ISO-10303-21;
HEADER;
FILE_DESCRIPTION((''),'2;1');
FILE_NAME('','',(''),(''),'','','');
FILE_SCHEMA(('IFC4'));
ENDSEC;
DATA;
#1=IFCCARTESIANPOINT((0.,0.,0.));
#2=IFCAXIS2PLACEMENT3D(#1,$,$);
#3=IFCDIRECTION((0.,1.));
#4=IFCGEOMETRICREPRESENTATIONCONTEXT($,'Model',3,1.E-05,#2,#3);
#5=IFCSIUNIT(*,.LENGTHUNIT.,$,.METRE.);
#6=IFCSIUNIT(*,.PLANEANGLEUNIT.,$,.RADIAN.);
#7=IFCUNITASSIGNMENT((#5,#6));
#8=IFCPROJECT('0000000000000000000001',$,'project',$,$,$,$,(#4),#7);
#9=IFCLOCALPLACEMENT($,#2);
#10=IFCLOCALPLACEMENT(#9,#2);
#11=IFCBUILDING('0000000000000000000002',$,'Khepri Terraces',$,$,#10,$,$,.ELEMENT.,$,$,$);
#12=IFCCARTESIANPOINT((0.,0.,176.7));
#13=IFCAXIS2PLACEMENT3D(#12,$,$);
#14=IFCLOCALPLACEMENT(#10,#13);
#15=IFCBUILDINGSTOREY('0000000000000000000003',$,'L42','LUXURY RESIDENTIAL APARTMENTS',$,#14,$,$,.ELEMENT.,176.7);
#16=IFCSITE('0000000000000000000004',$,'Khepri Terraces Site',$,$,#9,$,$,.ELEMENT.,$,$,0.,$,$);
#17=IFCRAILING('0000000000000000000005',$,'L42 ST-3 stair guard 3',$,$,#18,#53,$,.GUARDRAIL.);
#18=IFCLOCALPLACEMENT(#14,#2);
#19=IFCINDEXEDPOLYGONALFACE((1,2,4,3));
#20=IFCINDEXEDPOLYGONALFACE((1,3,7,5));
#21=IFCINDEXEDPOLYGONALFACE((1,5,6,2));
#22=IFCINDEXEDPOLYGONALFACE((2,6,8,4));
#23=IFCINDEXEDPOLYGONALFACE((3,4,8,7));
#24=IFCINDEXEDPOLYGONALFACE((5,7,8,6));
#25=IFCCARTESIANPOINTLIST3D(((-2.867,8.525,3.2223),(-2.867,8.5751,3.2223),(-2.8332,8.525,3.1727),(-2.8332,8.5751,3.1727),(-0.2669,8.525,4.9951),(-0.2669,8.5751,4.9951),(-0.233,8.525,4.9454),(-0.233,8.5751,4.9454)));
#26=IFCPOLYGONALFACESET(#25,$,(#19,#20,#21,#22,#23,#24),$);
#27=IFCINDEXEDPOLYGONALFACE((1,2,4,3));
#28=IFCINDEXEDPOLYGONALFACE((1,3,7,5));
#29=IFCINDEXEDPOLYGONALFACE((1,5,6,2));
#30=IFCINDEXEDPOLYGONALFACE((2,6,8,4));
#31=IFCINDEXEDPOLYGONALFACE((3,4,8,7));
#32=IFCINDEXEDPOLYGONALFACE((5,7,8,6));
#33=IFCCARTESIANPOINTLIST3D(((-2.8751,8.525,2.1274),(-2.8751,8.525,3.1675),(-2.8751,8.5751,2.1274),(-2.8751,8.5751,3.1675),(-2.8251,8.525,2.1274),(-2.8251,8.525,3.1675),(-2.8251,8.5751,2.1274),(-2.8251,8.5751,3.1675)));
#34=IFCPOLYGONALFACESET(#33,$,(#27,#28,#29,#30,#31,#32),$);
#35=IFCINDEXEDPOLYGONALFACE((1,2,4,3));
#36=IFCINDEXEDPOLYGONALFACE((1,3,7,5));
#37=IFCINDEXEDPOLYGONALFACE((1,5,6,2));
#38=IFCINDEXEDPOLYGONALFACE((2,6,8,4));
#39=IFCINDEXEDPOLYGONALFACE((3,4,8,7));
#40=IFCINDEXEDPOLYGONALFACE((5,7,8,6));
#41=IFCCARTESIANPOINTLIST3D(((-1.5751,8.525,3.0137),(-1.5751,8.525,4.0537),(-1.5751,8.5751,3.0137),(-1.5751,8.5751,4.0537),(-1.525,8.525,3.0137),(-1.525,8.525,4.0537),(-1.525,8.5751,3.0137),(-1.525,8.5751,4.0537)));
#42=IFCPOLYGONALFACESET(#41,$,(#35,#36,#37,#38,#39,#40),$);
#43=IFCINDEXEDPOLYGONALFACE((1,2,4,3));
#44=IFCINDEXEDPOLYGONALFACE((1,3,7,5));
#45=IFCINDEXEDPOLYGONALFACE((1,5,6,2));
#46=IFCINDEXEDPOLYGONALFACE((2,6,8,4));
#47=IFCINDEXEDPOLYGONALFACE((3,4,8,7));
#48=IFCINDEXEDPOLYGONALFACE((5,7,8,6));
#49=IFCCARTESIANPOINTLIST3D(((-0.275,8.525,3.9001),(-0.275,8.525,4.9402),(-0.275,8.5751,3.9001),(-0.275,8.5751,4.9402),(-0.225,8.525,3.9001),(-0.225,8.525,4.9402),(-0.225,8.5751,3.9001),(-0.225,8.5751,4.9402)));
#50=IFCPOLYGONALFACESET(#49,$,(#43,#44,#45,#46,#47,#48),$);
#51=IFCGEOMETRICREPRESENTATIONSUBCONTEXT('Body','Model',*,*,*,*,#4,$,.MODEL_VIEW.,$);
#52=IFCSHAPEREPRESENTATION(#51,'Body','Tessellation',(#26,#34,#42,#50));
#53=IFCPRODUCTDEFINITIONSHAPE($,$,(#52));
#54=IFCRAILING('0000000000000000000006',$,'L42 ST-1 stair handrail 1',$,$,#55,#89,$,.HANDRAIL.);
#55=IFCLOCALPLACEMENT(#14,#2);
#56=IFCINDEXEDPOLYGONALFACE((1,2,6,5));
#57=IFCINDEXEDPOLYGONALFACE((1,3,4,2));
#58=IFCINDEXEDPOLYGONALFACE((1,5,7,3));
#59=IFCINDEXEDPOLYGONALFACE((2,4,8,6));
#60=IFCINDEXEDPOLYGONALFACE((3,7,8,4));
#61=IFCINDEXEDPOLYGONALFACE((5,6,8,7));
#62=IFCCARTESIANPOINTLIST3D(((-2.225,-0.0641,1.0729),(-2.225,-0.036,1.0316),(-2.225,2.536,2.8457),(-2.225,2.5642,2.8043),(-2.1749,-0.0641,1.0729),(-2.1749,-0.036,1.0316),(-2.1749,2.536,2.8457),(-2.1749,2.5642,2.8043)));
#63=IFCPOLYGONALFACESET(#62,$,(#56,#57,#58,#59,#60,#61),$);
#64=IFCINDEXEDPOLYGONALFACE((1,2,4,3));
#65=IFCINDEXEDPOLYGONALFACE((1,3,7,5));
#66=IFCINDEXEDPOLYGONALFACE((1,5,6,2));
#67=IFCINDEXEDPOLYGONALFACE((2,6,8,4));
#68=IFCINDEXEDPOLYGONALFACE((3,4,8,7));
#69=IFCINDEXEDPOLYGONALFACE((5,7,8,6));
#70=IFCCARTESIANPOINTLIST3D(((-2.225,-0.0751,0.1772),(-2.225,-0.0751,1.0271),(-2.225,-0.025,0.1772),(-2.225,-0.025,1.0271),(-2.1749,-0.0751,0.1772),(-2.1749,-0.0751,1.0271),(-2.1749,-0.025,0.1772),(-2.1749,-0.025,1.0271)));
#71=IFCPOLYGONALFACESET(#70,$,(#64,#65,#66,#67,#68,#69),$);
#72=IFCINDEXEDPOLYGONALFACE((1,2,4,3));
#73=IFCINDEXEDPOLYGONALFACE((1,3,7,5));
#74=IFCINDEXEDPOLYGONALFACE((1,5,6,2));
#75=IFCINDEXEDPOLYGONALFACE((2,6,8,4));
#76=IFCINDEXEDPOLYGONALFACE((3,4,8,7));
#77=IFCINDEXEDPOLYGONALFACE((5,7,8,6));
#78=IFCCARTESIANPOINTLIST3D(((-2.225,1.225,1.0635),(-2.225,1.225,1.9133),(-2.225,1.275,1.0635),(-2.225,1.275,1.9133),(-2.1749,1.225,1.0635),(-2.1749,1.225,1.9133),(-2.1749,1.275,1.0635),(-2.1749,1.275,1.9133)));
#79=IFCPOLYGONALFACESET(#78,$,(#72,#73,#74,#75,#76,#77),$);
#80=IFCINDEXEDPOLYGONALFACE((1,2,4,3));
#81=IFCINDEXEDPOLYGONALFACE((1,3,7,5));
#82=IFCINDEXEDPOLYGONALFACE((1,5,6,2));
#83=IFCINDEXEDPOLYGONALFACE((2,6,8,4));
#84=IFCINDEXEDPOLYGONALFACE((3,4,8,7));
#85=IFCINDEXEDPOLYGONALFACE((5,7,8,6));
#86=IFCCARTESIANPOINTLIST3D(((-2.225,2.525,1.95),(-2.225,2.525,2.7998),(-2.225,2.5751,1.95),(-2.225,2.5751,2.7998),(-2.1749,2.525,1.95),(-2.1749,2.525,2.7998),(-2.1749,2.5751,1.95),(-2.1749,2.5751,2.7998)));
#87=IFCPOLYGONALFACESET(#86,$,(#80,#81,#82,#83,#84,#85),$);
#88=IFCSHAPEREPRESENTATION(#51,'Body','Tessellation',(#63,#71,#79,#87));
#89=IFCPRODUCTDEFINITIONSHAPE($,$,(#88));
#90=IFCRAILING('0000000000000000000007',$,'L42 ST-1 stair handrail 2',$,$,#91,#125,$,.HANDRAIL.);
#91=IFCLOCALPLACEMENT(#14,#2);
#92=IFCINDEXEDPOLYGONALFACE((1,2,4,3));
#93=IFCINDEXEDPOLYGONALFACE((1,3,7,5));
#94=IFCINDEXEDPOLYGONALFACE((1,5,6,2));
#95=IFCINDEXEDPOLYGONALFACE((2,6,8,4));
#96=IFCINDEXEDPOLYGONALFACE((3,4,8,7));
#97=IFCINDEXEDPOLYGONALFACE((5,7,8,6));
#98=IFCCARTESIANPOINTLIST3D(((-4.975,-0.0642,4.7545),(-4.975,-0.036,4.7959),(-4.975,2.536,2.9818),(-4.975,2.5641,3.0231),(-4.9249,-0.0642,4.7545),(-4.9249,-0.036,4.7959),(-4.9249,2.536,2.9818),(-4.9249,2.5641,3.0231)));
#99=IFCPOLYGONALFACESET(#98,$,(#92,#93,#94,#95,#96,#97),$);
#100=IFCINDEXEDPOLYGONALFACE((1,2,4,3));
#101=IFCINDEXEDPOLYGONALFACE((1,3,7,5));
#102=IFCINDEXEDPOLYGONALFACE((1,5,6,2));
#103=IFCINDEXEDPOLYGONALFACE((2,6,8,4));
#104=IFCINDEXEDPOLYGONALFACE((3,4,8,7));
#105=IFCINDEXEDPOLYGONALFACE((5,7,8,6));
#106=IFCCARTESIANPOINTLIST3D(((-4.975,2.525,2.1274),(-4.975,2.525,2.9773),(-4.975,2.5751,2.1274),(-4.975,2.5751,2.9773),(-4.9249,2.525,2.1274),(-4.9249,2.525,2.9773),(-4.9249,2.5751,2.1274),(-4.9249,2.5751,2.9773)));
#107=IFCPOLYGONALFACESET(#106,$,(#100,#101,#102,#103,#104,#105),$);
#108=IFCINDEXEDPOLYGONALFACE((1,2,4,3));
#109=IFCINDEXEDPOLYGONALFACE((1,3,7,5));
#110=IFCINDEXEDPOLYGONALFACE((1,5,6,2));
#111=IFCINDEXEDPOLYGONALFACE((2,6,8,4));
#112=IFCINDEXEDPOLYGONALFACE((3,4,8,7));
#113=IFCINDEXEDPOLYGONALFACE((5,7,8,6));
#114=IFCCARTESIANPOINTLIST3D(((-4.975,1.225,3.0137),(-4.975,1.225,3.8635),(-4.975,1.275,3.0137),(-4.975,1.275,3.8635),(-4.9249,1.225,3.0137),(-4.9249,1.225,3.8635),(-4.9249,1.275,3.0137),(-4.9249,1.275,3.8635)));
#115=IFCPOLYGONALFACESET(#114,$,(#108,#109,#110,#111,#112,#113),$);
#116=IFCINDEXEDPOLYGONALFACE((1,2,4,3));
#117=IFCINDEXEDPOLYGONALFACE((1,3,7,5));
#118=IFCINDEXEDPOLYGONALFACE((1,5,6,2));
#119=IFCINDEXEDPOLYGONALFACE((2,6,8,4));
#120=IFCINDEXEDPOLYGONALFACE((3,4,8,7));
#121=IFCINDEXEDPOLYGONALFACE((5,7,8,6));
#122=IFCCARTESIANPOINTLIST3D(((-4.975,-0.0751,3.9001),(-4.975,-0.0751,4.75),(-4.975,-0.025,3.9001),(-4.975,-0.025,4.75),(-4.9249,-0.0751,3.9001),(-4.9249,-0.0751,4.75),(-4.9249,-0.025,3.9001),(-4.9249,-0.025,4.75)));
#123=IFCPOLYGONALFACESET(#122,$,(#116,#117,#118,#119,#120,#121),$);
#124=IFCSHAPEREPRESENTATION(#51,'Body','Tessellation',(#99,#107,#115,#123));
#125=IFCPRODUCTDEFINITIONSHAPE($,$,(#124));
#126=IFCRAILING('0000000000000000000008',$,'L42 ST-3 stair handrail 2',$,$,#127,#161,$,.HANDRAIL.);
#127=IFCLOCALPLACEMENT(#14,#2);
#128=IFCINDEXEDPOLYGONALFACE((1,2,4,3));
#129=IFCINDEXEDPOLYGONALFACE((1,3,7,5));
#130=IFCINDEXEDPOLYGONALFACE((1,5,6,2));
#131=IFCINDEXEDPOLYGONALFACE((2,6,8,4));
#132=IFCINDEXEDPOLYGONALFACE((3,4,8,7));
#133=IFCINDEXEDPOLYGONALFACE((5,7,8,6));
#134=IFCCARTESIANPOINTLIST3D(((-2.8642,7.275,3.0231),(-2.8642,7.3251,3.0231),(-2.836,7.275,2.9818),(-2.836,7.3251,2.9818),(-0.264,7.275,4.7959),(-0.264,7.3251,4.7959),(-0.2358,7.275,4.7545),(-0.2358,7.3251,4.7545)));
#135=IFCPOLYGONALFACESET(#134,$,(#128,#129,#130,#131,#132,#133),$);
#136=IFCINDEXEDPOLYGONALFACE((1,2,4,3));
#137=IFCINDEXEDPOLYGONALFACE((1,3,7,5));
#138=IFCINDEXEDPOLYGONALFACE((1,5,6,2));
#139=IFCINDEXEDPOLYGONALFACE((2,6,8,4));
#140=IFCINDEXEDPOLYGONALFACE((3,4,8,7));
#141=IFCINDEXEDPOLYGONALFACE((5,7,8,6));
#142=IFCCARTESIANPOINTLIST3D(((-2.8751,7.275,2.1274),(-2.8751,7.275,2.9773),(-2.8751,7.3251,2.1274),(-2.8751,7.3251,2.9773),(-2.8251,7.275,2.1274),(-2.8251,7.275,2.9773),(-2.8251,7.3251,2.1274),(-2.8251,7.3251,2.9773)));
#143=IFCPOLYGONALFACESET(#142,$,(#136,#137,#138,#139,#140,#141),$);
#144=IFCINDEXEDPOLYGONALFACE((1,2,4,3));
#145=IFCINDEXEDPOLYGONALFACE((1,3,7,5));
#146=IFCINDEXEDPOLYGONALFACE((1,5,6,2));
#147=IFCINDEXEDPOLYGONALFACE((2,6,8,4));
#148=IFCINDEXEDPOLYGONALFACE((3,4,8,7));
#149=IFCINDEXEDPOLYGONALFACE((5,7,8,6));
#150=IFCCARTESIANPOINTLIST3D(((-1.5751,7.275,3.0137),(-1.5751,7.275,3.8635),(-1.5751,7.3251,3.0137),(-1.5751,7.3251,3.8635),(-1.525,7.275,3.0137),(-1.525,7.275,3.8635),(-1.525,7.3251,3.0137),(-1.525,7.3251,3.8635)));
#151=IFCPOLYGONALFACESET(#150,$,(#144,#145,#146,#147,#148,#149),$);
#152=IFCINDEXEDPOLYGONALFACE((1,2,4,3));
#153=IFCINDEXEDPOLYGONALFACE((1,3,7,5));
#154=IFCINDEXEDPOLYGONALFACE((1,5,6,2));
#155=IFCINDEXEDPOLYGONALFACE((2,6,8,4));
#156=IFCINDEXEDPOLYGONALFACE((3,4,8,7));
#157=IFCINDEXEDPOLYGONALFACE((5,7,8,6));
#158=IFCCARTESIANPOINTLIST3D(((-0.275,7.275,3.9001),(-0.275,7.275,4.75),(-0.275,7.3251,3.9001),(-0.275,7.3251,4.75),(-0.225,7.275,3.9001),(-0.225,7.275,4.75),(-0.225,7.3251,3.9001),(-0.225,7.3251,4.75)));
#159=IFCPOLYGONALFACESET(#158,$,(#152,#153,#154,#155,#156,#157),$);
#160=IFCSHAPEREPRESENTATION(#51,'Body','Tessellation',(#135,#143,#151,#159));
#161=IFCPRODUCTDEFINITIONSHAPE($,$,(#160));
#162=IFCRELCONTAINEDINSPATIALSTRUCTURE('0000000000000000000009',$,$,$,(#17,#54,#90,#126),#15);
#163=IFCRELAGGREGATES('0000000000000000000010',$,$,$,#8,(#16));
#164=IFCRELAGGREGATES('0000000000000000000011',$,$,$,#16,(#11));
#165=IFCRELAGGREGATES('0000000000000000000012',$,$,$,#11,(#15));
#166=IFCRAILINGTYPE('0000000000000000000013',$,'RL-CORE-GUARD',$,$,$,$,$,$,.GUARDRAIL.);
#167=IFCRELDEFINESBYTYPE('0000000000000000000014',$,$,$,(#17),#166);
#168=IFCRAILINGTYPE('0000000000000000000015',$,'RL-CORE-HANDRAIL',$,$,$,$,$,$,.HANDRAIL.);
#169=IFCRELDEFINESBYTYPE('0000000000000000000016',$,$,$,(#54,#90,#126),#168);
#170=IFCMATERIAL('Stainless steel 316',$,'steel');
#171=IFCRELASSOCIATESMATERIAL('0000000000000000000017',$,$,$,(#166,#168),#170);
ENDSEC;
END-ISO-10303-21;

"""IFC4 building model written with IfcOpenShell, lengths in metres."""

from ifc_helpers import new_model, si_unit, direction, frame, origin, origin_2d, place, context, subcontext, project, spatial, rectangle, extrude, material, type_object, element, save


model = new_model("IFC4")

# Units and contexts
model_context = context("Model", 3, precision=1e-05, world=origin(), true_north=direction((0.0, 1.0)))
body_context = subcontext(model_context, "Body", "Model", "MODEL_VIEW")
ifc_project = project(units=[si_unit("LENGTHUNIT", "METRE"), si_unit("PLANEANGLEUNIT", "RADIAN")], contexts=[model_context])

# Site, building, storey
site_placement = place(None, origin())
site = spatial("IfcSite", under=ifc_project, at=site_placement, Name="Khepri Terraces Site", CompositionType="ELEMENT", RefElevation=0.0)
building_placement = place(site_placement, origin())
building = spatial("IfcBuilding", under=site, at=building_placement, Name="Khepri Terraces", CompositionType="ELEMENT")
storey_placement = place(building_placement, frame((0.0, 0.0, 176.7)))
storey = spatial("IfcBuildingStorey", under=building, at=storey_placement, Name="L42", Description="LUXURY RESIDENTIAL APARTMENTS", CompositionType="ELEMENT", Elevation=176.7)

# Railings
ifc_material_1 = material(Name="Stainless steel 316", Category="steel")
railing_type_1 = type_object("IfcRailingType", Name="RL-CORE-GUARD", PredefinedType="GUARDRAIL", material=ifc_material_1)
railing_1_placement = place(storey_placement, frame((-2.8501, 8.55, 2.1274)))
element("IfcRailing", 1, at=railing_1_placement, inside=storey, type_object=railing_type_1, Name="L42 ST-3 stair guard 3", PredefinedType="GUARDRAIL", context=body_context, shape_type="SweptSolid", body=[
    extrude(rectangle(XDim=0.05, YDim=0.0601, at=origin_2d()), frame((0.0, 0.0, 1.0701), z_axis=(0.82624, 0.0, 0.563318), x_axis=(0.0, 1.0, 0.0)), (0.0, 0.0, 1.0), 3.147),
    extrude(rectangle(XDim=0.05, YDim=0.05, at=origin_2d()), origin(), (0.0, 0.0, 1.0), 1.04),
    extrude(rectangle(XDim=0.05, YDim=0.05, at=origin_2d()), frame((1.3, 0.0, 0.8862)), (0.0, 0.0, 1.0), 1.04),
    extrude(rectangle(XDim=0.05, YDim=0.05, at=origin_2d()), frame((2.6001, 0.0, 1.7727)), (0.0, 0.0, 1.0), 1.04),
])
railing_type_2 = type_object("IfcRailingType", Name="RL-CORE-HANDRAIL", PredefinedType="HANDRAIL", material=ifc_material_1)
railing_2_placement = place(storey_placement, frame((-2.2, -0.05, 0.1772)))
element("IfcRailing", 2, at=railing_2_placement, inside=storey, type_object=railing_type_2, Name="L42 ST-1 stair handrail 1", PredefinedType="HANDRAIL", context=body_context, shape_type="SweptSolid", body=[
    extrude(rectangle(XDim=0.05, YDim=0.05, at=origin_2d()), frame((0.0, 0.0, 0.875), z_axis=(0.0, 0.82624, 0.563318), x_axis=(-1.0, 0.0, 0.0)), (0.0, 0.0, 1.0), 3.147),
    extrude(rectangle(XDim=0.05, YDim=0.05, at=origin_2d()), origin(), (0.0, 0.0, 1.0), 0.8499),
    extrude(rectangle(XDim=0.05, YDim=0.05, at=origin_2d()), frame((0.0, 1.3, 0.8862)), (0.0, 0.0, 1.0), 0.8499),
    extrude(rectangle(XDim=0.05, YDim=0.05, at=origin_2d()), frame((0.0, 2.6001, 1.7727)), (0.0, 0.0, 1.0), 0.8499),
])
railing_3_placement = place(storey_placement, frame((-4.95, 2.55, 2.1274)))
element("IfcRailing", 3, at=railing_3_placement, inside=storey, type_object=railing_type_2, Name="L42 ST-1 stair handrail 2", PredefinedType="HANDRAIL", context=body_context, shape_type="SweptSolid", body=[
    extrude(rectangle(XDim=0.05, YDim=0.05, at=origin_2d()), frame((0.0, 0.0, 0.875), z_axis=(0.0, -0.82624, 0.563318), x_axis=(1.0, 0.0, 0.0)), (0.0, 0.0, 1.0), 3.147),
    extrude(rectangle(XDim=0.05, YDim=0.05, at=origin_2d()), origin(), (0.0, 0.0, 1.0), 0.8499),
    extrude(rectangle(XDim=0.05, YDim=0.05, at=origin_2d()), frame((0.0, -1.3, 0.8862)), (0.0, 0.0, 1.0), 0.8499),
    extrude(rectangle(XDim=0.05, YDim=0.05, at=origin_2d()), frame((0.0, -2.6001, 1.7727)), (0.0, 0.0, 1.0), 0.8499),
])
railing_4_placement = place(storey_placement, frame((-2.8501, 7.3, 2.1274)))
element("IfcRailing", 4, at=railing_4_placement, inside=storey, type_object=railing_type_2, Name="L42 ST-3 stair handrail 2", PredefinedType="HANDRAIL", context=body_context, shape_type="SweptSolid", body=[
    extrude(rectangle(XDim=0.05, YDim=0.05, at=origin_2d()), frame((0.0, 0.0, 0.875), z_axis=(0.82624, 0.0, 0.563318), x_axis=(0.0, 1.0, 0.0)), (0.0, 0.0, 1.0), 3.147),
    extrude(rectangle(XDim=0.05, YDim=0.05, at=origin_2d()), origin(), (0.0, 0.0, 1.0), 0.8499),
    extrude(rectangle(XDim=0.05, YDim=0.05, at=origin_2d()), frame((1.3, 0.0, 0.8862)), (0.0, 0.0, 1.0), 0.8499),
    extrude(rectangle(XDim=0.05, YDim=0.05, at=origin_2d()), frame((2.6001, 0.0, 1.7727)), (0.0, 0.0, 1.0), 0.8499),
])

save(model, "model.ifc")
